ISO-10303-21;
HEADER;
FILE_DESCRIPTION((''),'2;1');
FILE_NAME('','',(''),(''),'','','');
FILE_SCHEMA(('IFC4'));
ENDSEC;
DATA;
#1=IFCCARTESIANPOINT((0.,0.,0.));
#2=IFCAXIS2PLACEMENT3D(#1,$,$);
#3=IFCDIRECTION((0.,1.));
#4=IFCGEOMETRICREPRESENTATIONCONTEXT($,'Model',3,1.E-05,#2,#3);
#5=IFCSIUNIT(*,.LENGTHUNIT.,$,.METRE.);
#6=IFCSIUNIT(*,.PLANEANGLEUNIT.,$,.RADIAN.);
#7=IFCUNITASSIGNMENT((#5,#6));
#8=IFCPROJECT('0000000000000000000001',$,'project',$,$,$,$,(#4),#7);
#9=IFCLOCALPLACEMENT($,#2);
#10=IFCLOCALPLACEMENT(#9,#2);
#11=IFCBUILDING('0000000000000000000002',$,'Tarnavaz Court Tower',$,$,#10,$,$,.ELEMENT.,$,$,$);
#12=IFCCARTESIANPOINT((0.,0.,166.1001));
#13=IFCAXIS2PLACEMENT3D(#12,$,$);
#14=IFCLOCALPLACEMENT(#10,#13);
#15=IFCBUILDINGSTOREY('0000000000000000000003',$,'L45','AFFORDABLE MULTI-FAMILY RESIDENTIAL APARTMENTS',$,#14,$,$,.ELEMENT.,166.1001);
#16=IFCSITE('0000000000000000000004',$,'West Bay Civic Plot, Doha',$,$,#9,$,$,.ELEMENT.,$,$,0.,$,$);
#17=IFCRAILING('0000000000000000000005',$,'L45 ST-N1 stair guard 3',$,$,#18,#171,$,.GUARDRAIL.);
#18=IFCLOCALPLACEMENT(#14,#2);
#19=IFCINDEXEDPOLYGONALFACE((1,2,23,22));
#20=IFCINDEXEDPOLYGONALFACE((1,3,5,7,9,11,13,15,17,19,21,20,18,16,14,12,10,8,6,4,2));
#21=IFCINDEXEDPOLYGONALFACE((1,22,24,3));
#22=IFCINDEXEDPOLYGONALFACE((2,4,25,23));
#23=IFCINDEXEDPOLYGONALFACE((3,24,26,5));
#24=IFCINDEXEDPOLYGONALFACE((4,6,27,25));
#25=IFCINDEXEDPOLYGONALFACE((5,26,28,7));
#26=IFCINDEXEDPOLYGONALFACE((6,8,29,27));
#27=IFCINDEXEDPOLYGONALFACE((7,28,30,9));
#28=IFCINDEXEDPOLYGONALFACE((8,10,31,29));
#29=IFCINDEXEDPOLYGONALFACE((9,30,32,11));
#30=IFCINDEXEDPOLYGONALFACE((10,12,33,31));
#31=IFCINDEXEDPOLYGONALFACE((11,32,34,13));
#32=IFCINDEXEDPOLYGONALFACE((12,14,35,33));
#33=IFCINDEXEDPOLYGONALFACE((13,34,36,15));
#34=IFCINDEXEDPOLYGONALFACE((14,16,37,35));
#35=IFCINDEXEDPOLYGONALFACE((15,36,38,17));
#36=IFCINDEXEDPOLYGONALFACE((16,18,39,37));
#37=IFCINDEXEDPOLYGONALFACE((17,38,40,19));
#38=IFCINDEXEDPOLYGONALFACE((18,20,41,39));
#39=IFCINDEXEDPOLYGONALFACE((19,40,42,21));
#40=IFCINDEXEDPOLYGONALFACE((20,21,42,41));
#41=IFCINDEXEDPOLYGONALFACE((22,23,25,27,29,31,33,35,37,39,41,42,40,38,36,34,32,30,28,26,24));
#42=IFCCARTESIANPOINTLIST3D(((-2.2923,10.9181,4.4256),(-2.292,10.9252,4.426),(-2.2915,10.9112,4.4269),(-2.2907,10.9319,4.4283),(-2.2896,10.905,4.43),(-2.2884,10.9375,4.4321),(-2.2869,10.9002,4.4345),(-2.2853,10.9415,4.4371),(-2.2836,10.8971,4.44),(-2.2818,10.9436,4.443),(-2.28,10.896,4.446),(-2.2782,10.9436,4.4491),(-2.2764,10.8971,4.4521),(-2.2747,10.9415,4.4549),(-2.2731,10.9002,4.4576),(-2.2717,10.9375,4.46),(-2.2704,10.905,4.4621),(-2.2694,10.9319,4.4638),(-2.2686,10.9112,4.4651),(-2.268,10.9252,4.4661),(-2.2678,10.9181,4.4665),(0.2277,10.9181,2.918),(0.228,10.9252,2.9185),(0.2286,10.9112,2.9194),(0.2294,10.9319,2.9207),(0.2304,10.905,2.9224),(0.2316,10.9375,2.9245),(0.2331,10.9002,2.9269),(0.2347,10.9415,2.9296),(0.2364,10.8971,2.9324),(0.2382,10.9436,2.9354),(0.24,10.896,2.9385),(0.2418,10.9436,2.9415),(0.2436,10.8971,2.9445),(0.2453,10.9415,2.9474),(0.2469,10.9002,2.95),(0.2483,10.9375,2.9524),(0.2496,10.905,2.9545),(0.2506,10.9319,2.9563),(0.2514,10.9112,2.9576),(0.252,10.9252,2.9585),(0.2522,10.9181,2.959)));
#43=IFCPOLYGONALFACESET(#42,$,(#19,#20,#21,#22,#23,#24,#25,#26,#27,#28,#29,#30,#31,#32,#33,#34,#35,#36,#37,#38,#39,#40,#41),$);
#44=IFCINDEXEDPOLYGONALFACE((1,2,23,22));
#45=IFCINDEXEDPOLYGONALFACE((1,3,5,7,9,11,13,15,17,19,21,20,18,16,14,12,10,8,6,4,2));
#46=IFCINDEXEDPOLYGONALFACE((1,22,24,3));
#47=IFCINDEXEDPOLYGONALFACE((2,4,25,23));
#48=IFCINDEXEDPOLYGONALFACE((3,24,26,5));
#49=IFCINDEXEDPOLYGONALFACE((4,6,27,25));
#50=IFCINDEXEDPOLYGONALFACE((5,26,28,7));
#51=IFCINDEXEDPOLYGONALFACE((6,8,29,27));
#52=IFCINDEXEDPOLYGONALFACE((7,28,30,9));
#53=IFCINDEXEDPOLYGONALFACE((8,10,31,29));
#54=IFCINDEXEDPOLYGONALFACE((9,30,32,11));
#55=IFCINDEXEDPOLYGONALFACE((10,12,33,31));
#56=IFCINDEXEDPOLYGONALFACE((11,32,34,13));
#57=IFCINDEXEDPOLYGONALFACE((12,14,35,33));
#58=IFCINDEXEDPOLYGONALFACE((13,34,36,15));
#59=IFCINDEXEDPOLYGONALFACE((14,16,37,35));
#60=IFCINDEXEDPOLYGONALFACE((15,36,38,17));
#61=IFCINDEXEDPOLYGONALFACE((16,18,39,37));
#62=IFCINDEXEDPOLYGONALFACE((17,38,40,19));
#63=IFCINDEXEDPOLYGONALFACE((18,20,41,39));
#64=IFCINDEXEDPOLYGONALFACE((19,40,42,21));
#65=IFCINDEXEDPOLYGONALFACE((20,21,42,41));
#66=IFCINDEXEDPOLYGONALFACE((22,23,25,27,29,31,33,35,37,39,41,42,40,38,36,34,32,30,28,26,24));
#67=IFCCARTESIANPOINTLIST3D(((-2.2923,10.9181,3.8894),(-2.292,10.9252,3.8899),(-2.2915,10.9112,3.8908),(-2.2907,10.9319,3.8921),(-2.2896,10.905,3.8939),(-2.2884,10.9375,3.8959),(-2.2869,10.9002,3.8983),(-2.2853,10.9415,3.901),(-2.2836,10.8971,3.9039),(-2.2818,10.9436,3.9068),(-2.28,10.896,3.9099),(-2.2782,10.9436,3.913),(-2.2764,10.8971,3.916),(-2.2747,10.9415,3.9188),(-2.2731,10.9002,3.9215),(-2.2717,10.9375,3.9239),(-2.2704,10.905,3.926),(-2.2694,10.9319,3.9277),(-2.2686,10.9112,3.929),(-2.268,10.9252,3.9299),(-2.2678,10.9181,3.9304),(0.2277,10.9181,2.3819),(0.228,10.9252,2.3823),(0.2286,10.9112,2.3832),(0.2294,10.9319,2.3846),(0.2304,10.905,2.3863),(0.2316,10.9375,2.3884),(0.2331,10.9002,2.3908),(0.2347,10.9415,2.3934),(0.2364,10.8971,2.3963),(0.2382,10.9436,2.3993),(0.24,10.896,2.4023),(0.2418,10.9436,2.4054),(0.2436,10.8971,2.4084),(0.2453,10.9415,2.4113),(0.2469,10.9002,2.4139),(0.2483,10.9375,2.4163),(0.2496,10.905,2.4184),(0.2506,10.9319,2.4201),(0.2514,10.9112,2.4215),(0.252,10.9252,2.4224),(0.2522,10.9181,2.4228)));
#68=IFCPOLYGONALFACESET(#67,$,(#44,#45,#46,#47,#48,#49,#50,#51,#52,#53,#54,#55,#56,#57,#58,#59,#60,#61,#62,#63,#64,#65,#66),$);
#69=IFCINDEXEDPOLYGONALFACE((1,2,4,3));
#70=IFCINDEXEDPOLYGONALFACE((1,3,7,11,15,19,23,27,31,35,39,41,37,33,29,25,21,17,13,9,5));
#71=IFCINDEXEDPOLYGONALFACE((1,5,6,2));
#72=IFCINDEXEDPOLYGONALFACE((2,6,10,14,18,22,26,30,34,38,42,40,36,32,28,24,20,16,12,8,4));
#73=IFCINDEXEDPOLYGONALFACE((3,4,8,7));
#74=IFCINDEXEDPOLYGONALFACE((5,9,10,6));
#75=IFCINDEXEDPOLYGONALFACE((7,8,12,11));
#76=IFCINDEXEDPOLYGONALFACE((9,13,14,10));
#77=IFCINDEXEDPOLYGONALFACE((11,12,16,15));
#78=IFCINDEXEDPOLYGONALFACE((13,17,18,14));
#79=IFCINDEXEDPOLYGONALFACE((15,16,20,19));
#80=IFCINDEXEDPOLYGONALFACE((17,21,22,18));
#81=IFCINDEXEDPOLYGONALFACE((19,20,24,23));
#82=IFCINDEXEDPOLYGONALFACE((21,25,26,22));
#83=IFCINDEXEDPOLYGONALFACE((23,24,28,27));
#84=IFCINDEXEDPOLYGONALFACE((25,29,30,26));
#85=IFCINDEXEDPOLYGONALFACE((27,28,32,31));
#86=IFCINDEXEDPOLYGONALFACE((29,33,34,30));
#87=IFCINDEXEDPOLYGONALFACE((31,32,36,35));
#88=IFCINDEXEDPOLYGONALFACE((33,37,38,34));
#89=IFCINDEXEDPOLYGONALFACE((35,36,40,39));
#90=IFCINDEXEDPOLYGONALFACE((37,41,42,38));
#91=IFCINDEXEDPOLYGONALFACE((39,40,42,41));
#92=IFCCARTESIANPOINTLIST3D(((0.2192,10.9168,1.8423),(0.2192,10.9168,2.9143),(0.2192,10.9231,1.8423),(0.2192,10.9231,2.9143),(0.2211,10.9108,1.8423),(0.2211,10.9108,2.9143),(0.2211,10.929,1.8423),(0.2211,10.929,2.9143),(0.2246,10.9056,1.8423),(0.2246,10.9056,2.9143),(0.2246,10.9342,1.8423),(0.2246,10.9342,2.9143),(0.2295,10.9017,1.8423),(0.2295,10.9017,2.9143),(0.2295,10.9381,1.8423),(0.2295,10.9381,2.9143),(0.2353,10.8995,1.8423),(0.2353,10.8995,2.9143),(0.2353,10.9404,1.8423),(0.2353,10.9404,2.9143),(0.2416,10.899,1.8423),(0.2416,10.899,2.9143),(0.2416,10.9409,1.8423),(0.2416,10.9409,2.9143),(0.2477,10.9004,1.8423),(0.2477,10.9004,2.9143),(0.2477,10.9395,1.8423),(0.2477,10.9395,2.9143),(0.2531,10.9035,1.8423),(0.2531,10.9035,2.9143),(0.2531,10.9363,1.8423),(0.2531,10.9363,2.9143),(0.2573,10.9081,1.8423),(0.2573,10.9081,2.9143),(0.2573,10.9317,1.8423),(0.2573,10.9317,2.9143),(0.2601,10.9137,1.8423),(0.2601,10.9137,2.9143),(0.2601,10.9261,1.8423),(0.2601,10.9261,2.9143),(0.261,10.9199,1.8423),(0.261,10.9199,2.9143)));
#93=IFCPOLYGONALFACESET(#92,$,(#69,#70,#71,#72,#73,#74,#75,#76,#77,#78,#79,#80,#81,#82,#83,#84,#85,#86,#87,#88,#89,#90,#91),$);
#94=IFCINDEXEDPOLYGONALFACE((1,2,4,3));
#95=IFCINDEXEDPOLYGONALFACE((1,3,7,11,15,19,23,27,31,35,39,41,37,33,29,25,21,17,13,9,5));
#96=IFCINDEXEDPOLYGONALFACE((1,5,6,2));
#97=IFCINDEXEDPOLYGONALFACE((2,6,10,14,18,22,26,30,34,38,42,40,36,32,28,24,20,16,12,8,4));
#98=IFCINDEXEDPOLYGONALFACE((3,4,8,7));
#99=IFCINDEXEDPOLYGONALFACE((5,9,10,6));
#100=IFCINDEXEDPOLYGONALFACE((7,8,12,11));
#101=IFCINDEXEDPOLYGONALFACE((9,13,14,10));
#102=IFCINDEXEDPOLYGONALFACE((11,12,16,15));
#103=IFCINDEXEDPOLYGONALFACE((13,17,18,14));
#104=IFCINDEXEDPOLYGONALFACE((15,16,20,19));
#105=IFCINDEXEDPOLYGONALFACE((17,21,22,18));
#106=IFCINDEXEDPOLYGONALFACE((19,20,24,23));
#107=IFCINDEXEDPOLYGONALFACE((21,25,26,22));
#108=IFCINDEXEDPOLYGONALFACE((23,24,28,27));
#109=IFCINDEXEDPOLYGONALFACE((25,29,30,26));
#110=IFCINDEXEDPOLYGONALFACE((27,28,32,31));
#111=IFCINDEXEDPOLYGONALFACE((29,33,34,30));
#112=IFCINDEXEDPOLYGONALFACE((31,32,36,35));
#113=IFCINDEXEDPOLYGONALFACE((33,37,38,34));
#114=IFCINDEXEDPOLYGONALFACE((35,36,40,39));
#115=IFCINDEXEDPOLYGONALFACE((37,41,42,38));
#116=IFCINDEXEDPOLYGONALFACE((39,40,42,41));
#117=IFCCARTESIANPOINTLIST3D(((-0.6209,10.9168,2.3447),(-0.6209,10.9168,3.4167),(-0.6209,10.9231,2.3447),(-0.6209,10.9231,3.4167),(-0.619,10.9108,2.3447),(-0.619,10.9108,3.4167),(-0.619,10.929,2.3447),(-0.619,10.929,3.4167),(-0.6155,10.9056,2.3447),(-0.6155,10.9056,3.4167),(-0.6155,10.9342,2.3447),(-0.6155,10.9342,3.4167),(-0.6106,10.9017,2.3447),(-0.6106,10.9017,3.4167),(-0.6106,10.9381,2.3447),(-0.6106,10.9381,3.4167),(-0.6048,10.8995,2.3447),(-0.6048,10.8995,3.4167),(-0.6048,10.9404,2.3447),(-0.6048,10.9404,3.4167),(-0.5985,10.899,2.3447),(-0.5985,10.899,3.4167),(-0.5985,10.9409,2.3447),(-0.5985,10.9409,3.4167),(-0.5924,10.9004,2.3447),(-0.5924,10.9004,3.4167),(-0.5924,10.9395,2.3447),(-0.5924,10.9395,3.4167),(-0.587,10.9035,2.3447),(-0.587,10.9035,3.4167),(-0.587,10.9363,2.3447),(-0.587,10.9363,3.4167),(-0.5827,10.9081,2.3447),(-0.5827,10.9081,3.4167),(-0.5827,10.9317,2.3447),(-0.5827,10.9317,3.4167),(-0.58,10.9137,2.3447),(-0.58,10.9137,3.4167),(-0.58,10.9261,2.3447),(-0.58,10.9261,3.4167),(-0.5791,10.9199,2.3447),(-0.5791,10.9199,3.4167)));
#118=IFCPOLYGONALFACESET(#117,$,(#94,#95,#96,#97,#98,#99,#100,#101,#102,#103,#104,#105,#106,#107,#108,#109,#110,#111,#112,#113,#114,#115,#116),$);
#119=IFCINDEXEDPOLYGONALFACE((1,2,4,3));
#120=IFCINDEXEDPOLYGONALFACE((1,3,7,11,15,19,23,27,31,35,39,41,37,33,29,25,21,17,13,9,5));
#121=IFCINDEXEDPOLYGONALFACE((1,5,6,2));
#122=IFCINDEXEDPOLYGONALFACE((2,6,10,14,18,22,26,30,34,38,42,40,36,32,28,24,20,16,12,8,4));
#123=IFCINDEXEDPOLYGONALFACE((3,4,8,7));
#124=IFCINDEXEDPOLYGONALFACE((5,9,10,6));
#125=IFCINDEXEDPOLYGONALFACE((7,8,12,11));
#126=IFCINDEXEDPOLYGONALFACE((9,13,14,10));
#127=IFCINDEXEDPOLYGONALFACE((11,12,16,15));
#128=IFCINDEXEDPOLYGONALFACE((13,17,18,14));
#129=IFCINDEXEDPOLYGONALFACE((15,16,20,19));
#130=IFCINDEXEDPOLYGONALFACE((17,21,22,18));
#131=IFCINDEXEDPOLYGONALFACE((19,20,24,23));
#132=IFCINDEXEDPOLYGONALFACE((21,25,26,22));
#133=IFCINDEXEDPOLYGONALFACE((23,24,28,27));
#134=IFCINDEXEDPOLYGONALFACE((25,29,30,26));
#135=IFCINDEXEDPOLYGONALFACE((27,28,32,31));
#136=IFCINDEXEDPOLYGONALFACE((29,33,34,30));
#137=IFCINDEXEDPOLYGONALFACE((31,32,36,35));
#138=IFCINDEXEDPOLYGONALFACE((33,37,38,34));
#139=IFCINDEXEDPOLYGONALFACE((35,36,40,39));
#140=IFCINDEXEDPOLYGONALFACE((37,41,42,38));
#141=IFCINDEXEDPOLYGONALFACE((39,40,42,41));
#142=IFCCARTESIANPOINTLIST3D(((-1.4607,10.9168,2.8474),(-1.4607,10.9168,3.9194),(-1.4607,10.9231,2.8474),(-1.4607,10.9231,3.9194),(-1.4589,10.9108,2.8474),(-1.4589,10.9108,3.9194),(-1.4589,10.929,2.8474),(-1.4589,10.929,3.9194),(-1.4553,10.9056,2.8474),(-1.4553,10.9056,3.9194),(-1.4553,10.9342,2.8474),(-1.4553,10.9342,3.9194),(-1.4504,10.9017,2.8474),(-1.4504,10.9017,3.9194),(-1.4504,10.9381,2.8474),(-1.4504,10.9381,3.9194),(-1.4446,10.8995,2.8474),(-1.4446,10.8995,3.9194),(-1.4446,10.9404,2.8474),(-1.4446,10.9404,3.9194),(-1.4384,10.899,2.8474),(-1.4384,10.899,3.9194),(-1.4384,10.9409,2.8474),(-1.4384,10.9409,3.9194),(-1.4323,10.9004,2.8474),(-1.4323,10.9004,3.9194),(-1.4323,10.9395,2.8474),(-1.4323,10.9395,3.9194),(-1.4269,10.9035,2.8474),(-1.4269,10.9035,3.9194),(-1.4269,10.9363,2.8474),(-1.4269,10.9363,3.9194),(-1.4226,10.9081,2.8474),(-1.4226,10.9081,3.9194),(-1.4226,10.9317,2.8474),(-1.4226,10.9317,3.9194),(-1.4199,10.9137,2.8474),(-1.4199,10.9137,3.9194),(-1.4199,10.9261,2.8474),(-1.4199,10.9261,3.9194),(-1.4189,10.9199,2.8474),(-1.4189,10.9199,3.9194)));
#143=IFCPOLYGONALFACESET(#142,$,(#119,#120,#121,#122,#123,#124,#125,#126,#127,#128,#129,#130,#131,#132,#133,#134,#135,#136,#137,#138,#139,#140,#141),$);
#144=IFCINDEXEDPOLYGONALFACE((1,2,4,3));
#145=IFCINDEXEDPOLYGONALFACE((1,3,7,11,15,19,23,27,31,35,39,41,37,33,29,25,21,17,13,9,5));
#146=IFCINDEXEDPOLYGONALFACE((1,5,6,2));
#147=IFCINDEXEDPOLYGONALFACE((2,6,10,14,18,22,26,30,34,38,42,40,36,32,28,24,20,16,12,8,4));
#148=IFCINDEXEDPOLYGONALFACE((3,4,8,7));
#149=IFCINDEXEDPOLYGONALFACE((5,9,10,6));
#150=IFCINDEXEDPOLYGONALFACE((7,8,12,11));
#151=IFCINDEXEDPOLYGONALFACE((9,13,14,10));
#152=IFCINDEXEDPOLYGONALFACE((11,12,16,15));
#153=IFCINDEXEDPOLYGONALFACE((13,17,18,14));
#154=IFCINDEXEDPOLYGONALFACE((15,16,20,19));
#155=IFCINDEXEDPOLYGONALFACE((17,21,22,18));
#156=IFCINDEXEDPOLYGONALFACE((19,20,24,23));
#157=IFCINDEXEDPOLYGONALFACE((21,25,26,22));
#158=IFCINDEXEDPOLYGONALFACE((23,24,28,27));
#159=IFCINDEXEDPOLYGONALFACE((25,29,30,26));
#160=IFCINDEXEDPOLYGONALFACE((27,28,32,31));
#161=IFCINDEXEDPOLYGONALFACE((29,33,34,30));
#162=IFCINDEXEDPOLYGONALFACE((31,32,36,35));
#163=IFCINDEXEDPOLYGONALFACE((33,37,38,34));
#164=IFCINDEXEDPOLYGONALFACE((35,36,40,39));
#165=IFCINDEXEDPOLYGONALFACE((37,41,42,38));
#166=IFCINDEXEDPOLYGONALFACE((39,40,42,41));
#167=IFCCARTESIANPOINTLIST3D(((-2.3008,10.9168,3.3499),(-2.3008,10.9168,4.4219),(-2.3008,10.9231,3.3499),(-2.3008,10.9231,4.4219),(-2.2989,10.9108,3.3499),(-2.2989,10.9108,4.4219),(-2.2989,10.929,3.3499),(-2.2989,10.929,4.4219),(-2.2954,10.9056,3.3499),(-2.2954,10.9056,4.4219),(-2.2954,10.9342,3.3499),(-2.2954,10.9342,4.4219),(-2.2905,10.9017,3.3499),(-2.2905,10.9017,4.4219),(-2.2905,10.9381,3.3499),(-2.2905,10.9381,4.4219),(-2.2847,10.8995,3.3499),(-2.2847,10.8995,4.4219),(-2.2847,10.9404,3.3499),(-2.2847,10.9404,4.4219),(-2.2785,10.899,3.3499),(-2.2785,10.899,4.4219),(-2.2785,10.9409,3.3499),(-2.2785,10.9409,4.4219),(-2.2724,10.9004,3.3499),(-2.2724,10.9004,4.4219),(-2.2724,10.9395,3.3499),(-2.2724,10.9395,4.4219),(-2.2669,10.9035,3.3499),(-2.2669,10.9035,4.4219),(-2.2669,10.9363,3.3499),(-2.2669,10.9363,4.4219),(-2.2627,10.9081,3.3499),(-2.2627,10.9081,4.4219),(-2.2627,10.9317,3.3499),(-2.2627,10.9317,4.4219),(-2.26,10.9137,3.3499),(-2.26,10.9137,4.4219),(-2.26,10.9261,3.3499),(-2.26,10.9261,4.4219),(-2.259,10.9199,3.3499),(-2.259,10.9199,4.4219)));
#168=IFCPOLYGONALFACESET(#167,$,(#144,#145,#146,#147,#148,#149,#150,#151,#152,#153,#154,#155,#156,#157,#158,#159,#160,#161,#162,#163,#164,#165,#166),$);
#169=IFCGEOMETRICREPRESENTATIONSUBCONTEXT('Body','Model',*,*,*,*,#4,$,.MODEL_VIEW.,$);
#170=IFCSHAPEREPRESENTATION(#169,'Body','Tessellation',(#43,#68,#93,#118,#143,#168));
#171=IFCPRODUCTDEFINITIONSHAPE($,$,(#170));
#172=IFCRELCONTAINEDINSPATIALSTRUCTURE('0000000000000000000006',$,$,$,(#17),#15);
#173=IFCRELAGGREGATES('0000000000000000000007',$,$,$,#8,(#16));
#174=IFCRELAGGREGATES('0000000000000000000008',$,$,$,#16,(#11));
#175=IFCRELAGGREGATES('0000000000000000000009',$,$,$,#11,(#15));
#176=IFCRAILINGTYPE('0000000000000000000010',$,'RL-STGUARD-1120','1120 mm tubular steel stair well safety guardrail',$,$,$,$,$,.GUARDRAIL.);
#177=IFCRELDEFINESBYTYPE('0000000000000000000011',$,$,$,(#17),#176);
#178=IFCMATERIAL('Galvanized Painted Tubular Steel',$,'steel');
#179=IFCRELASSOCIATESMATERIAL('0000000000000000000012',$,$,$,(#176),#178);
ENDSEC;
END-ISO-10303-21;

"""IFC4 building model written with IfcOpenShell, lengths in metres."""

from ifc_helpers import new_model, si_unit, direction, frame, origin, origin_2d, place, context, subcontext, project, spatial, circle, extrude, material, type_object, element, save


model = new_model("IFC4")

# Units and contexts
model_context = context("Model", 3, precision=1e-05, world=origin(), true_north=direction((0.0, 1.0)))
body_context = subcontext(model_context, "Body", "Model", "MODEL_VIEW")
ifc_project = project(units=[si_unit("LENGTHUNIT", "METRE"), si_unit("PLANEANGLEUNIT", "RADIAN")], contexts=[model_context])

# Site, building, storey
site_placement = place(None, origin())
site = spatial("IfcSite", under=ifc_project, at=site_placement, Name="West Bay Civic Plot, Doha", CompositionType="ELEMENT", RefElevation=0.0)
building_placement = place(site_placement, origin())
building = spatial("IfcBuilding", under=site, at=building_placement, Name="Tarnavaz Court Tower", CompositionType="ELEMENT")
storey_placement = place(building_placement, frame((0.0, 0.0, 166.1001)))
storey = spatial("IfcBuildingStorey", under=building, at=storey_placement, Name="L45", Description="AFFORDABLE MULTI-FAMILY RESIDENTIAL APARTMENTS", CompositionType="ELEMENT", Elevation=166.1001)

# Railing
ifc_material_1 = material(Name="Galvanized Painted Tubular Steel", Category="steel")
railing_type_1 = type_object("IfcRailingType", Name="RL-STGUARD-1120", Description="1120 mm tubular steel stair well safety guardrail", PredefinedType="GUARDRAIL", material=ifc_material_1)
railing_1_placement = place(storey_placement, frame((0.24, 10.9199, 1.8423)))
element("IfcRailing", 1, at=railing_1_placement, inside=storey, type_object=railing_type_1, Name="L45 ST-N1 stair guard 3", PredefinedType="GUARDRAIL", context=body_context, shape_type="SweptSolid", body=[
    extrude(circle(Radius=0.0239, at=origin_2d()), frame((0.0, 0.0, 1.0962), z_axis=(-0.85816, 0.0, 0.513383), x_axis=(0.0, -1.0, 0.0)), (0.0, 0.0, 1.0), 2.9365),
    extrude(circle(Radius=0.0239, at=origin_2d()), frame((0.0, 0.0, 0.5601), z_axis=(-0.85816, 0.0, 0.513383), x_axis=(0.0, -1.0, 0.0)), (0.0, 0.0, 1.0), 2.9365),
    extrude(circle(Radius=0.021, at=origin_2d()), origin(), (0.0, 0.0, 1.0), 1.072),
    extrude(circle(Radius=0.021, at=origin_2d()), frame((-0.8401, 0.0, 0.5024)), (0.0, 0.0, 1.0), 1.072),
    extrude(circle(Radius=0.021, at=origin_2d()), frame((-1.6799, 0.0, 1.0051)), (0.0, 0.0, 1.0), 1.072),
    extrude(circle(Radius=0.021, at=origin_2d()), frame((-2.52, 0.0, 1.5076)), (0.0, 0.0, 1.0), 1.072),
])

save(model, "model.ifc")
